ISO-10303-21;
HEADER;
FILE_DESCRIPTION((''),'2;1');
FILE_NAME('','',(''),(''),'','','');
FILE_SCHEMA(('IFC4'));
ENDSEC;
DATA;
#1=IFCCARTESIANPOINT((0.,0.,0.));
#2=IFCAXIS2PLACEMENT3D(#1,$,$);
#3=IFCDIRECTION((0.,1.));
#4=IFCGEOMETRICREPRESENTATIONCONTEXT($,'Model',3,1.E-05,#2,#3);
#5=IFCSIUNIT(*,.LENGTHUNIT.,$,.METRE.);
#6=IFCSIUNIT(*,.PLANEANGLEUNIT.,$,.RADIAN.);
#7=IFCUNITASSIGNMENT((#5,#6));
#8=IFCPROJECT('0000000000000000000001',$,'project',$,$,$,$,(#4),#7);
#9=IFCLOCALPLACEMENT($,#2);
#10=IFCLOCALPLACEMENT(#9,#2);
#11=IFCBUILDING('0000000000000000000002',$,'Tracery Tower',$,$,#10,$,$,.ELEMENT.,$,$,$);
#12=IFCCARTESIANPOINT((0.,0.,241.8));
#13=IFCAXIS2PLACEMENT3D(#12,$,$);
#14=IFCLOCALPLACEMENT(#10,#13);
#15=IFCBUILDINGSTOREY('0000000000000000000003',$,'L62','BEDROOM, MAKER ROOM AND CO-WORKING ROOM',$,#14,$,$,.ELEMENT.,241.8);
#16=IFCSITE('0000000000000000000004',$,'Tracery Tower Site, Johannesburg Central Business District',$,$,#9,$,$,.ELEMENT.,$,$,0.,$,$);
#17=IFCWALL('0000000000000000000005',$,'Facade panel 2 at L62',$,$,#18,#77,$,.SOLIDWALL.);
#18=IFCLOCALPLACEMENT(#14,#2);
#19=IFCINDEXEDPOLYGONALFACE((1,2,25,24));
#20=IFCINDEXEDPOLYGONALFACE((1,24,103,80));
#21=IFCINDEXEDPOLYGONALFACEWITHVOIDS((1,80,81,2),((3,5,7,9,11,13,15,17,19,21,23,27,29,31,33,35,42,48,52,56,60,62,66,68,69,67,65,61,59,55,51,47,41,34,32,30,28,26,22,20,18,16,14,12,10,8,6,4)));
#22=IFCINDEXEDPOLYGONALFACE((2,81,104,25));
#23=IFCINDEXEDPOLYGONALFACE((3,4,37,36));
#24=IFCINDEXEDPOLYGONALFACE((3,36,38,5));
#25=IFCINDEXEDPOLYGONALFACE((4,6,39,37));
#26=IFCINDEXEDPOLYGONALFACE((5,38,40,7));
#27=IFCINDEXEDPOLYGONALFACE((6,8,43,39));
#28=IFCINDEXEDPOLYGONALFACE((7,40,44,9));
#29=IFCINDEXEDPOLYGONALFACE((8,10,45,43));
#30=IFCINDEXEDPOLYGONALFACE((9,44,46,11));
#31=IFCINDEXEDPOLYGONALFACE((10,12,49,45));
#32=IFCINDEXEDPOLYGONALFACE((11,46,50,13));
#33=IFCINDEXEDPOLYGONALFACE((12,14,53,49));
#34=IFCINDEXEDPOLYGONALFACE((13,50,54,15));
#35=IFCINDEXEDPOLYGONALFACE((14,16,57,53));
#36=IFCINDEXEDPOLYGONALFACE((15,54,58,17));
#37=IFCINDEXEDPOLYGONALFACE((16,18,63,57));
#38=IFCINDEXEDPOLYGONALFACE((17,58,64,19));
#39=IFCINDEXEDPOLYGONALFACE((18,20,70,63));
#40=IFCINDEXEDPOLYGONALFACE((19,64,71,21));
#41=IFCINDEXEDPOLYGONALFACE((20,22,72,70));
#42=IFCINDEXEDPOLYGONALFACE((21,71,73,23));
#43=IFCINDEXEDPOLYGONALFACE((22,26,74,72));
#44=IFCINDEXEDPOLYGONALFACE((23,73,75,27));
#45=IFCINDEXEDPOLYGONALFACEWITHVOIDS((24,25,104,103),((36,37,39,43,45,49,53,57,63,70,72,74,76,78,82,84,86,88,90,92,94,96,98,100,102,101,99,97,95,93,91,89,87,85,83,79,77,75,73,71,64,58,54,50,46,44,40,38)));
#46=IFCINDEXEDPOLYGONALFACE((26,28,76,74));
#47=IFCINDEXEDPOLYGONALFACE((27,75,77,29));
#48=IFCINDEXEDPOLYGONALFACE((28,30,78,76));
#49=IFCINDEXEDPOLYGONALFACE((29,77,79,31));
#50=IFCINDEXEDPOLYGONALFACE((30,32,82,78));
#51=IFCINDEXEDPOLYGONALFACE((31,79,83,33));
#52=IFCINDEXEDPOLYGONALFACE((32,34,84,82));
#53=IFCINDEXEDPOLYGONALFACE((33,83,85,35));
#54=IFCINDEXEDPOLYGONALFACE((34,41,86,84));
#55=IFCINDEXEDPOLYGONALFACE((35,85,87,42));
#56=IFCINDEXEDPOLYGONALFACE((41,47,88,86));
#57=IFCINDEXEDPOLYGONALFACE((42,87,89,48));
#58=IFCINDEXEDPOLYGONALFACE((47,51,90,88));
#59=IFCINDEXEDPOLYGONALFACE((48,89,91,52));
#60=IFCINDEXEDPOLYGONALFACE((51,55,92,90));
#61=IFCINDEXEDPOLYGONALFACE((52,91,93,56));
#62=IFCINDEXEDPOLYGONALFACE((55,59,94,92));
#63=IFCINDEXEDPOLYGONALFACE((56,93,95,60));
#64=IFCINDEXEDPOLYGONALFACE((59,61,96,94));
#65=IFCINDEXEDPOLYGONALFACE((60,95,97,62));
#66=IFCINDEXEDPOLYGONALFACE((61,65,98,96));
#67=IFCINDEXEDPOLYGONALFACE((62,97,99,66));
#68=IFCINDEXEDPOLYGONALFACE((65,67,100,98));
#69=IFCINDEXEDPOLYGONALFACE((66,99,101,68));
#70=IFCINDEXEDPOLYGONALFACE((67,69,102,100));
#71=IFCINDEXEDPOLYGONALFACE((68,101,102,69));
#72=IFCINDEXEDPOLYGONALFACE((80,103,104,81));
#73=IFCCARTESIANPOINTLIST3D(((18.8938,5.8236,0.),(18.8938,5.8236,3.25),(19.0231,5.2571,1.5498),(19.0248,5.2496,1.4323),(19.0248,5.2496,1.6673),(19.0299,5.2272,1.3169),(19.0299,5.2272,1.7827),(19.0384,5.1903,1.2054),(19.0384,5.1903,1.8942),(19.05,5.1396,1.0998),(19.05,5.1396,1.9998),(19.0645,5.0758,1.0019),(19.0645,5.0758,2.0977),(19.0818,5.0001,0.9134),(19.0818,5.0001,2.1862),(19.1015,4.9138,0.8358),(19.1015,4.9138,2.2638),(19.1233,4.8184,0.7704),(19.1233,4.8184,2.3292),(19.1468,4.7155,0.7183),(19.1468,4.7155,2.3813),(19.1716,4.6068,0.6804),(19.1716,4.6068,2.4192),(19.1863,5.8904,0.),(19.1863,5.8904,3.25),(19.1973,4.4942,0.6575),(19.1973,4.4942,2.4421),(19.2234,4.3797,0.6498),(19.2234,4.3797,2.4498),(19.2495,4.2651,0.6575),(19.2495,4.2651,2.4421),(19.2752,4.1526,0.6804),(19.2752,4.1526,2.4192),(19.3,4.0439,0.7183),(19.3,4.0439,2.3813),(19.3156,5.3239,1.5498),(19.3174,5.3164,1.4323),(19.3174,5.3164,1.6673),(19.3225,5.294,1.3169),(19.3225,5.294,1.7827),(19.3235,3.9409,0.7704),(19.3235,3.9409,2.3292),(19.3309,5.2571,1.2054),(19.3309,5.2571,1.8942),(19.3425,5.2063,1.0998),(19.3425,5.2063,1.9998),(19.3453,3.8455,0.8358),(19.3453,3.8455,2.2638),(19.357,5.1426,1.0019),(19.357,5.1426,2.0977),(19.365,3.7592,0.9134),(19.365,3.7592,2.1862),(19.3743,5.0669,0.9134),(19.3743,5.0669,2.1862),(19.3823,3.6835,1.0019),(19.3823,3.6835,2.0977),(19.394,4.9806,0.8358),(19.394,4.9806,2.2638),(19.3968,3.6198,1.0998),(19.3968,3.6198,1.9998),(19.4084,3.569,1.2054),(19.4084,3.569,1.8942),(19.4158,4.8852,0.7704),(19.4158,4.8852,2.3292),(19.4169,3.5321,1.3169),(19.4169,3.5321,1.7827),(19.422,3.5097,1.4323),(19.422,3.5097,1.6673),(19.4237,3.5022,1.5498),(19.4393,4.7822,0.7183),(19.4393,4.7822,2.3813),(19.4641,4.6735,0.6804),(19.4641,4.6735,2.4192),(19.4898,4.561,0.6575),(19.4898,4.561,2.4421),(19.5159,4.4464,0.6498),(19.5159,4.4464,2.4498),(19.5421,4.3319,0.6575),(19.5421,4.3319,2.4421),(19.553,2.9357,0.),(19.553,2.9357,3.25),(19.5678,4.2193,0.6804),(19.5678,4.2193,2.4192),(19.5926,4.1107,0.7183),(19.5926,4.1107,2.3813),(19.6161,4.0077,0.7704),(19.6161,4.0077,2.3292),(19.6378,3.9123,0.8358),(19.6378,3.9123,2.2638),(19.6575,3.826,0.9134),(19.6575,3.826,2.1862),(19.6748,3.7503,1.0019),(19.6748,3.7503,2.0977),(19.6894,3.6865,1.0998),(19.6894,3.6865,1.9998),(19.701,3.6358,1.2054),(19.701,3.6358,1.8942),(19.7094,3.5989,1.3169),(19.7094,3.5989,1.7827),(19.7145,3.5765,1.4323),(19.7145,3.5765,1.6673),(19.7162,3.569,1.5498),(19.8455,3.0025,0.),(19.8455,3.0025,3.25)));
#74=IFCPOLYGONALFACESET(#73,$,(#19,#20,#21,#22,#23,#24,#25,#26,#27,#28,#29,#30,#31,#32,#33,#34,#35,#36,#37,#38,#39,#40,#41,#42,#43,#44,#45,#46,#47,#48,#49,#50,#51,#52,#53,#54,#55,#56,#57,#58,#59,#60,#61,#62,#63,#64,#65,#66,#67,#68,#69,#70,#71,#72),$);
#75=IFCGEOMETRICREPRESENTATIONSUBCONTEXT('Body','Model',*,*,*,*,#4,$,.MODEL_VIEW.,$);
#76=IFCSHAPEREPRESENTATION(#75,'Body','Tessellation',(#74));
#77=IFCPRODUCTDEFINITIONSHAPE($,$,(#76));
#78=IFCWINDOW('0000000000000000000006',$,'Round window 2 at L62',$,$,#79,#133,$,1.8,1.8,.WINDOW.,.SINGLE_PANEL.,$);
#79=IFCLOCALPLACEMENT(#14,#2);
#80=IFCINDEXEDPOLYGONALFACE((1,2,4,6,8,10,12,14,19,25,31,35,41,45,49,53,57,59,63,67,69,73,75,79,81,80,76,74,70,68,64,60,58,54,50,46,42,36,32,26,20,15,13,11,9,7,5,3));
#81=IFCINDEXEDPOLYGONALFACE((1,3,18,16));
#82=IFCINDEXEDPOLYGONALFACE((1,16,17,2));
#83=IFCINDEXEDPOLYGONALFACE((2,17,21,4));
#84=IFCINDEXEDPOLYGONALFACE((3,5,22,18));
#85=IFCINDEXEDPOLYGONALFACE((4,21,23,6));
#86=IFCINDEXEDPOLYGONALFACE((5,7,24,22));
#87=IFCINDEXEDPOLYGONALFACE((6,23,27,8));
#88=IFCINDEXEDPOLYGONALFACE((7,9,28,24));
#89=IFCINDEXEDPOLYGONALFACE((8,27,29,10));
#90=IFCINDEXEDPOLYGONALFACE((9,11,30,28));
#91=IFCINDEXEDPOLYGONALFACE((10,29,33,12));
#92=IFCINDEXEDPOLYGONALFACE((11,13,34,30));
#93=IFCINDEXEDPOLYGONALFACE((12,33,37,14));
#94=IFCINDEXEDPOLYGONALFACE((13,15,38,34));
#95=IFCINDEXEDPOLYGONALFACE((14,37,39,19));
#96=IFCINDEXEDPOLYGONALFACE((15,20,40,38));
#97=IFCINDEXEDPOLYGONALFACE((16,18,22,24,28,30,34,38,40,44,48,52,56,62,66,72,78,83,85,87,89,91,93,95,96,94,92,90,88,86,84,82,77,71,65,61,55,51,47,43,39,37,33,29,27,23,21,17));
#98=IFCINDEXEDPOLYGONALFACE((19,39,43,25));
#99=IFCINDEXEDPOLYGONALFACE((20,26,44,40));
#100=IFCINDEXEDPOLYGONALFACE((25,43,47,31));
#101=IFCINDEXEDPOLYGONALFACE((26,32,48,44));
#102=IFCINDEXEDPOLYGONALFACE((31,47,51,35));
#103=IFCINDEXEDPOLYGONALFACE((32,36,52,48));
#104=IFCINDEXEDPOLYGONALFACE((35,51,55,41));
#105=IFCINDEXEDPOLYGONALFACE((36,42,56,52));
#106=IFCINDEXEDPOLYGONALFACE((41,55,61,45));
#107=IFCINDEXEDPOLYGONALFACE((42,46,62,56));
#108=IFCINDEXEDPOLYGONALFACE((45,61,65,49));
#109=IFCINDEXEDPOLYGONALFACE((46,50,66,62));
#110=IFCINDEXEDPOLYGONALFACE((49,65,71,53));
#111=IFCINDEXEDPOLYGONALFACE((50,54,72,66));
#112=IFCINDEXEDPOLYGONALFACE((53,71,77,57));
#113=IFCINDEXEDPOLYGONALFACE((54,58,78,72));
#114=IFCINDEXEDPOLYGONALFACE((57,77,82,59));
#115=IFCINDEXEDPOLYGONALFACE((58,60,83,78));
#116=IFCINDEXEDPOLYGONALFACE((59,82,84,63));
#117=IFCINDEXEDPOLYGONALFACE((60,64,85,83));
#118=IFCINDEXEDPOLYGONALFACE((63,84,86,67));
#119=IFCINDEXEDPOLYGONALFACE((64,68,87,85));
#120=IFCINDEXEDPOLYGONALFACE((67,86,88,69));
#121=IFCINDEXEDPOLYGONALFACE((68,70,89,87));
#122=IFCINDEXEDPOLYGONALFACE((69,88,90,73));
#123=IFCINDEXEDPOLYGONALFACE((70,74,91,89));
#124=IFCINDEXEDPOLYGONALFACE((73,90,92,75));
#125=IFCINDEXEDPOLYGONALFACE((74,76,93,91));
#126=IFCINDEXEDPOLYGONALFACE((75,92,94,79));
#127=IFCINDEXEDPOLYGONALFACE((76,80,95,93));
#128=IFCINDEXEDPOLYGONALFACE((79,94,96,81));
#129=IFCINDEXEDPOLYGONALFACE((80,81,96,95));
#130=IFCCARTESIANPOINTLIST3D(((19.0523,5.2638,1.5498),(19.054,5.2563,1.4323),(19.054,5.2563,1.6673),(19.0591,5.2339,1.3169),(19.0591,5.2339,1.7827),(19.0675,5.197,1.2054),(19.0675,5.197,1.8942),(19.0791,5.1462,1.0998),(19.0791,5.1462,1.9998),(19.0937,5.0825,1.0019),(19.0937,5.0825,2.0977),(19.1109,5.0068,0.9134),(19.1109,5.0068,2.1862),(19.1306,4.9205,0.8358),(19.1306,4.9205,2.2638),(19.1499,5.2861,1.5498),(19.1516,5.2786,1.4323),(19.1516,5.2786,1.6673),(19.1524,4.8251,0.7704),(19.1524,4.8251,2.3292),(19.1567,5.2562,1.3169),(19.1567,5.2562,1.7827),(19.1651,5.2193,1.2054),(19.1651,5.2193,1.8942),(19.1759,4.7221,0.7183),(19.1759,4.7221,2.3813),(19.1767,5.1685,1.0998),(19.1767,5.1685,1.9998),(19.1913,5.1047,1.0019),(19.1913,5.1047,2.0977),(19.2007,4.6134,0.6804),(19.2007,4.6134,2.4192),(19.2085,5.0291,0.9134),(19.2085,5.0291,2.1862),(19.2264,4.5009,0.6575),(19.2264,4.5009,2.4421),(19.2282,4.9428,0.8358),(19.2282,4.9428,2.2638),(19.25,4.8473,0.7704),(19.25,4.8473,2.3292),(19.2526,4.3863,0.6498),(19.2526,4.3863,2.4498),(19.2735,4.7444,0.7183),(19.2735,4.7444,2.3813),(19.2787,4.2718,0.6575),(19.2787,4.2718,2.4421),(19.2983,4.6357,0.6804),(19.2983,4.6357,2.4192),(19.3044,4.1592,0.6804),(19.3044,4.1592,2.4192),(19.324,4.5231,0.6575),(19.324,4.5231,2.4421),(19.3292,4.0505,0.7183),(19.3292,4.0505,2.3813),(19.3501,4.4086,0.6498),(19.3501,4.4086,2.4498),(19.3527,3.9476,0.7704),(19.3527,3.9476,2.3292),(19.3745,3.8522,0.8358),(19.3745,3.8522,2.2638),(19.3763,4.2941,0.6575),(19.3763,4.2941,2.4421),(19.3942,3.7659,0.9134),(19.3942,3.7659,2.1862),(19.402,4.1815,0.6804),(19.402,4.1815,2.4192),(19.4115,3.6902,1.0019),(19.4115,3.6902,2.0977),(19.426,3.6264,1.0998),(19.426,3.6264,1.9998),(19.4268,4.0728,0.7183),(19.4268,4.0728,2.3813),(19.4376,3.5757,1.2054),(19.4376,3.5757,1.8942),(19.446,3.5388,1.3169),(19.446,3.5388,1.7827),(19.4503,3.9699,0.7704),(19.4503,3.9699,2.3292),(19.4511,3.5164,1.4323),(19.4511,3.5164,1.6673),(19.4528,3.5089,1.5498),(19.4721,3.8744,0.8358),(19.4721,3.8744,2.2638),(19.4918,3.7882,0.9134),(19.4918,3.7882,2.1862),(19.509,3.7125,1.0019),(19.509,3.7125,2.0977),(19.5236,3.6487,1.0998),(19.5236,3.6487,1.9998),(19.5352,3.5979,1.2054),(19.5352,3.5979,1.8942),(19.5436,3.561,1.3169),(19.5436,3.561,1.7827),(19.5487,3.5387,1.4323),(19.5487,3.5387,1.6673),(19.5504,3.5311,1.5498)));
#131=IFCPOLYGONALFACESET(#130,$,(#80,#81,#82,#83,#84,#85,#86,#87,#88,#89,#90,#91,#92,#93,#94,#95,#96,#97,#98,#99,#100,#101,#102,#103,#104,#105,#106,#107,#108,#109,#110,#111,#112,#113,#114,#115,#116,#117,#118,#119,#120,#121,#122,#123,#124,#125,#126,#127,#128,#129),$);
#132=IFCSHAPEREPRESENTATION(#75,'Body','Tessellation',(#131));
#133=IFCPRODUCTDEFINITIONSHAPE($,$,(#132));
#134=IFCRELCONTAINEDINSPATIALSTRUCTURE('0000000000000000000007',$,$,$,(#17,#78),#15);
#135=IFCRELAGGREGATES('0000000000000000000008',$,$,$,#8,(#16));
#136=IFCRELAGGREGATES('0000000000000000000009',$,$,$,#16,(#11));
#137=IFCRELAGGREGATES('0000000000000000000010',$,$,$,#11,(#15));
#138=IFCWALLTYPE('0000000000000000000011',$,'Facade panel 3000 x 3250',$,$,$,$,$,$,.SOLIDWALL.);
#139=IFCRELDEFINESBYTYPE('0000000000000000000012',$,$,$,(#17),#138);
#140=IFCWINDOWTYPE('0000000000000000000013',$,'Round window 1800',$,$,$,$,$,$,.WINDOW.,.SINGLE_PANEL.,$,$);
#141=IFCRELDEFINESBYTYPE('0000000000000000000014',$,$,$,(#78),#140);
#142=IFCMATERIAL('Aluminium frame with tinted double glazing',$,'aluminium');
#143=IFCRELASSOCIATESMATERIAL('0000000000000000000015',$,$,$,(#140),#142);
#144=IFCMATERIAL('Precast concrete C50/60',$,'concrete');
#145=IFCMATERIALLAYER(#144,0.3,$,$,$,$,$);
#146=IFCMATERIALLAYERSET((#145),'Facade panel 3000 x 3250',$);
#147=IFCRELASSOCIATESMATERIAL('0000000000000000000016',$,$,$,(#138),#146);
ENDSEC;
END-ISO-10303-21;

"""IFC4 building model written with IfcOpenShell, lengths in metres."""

from ifc_helpers import new_model, si_unit, direction, frame, frame_2d, origin, origin_2d, place, context, subcontext, project, spatial, rectangle, circle, extrude, material, layer, layer_set, type_object, element, fill, save


model = new_model("IFC4")

# Units and contexts
model_context = context("Model", 3, precision=1e-05, world=origin(), true_north=direction((0.0, 1.0)))
body_context = subcontext(model_context, "Body", "Model", "MODEL_VIEW")
ifc_project = project(units=[si_unit("LENGTHUNIT", "METRE"), si_unit("PLANEANGLEUNIT", "RADIAN")], contexts=[model_context])

# Site, building, storey
site_placement = place(None, origin())
site = spatial("IfcSite", under=ifc_project, at=site_placement, Name="Tracery Tower Site, Johannesburg Central Business District", CompositionType="ELEMENT", RefElevation=0.0)
building_placement = place(site_placement, origin())
building = spatial("IfcBuilding", under=site, at=building_placement, Name="Tracery Tower", CompositionType="ELEMENT")
storey_placement = place(building_placement, frame((0.0, 0.0, 241.8)))
storey = spatial("IfcBuildingStorey", under=building, at=storey_placement, Name="L62", Description="BEDROOM, MAKER ROOM AND CO-WORKING ROOM", CompositionType="ELEMENT", Elevation=241.8)

# Wall, opening, window
ifc_material_1 = material(Name="Aluminium frame with tinted double glazing", Category="aluminium")
window_type = type_object("IfcWindowType", Name="Round window 1800", PartitioningType="SINGLE_PANEL", PredefinedType="WINDOW", material=ifc_material_1)
ifc_material_2 = material(Name="Precast concrete C50/60", Category="concrete")
ifc_layer_1 = layer(ifc_material_2, 0.3)
ifc_layer_set_1 = layer_set([ifc_layer_1], Name="Facade panel 3000 x 3250")
wall_type_1 = type_object("IfcWallType", Name="Facade panel 3000 x 3250", PredefinedType="SOLIDWALL", material=ifc_layer_set_1)
wall_1_placement = place(storey_placement, frame((19.6992, 2.9692, 0.0), z_axis=(0.0, 0.0, 1.0), x_axis=(-0.222529, 0.974926, 0.0)))
wall_1 = element("IfcWall", 1, at=wall_1_placement, inside=storey, type_object=wall_type_1, Name="Facade panel 2 at L62", PredefinedType="SOLIDWALL", context=body_context, shape_type="SweptSolid", body=[
    extrude(rectangle(XDim=2.9622, YDim=0.3, at=frame_2d((1.481, 0.0))), origin(), (0.0, 0.0, 1.0), 3.25),
])
opening_1_placement = place(wall_1_placement, frame((1.481, 0.0, 1.5498)))
opening_1 = element("IfcOpeningElement", 2, at=opening_1_placement, cuts=wall_1, PredefinedType="OPENING", context=body_context, shape_type="SweptSolid", body=[
    extrude(circle(Radius=0.9, at=origin_2d()), frame((0.0, 0.1599, 0.0), z_axis=(0.0, -1.0, 0.0), x_axis=(1.0, 0.0, 0.0)), (0.0, 0.0, 1.0), 0.3201),
])
window_1_placement = place(opening_1_placement, origin())
window_1 = element("IfcWindow", 3, at=window_1_placement, inside=storey, type_object=window_type, Name="Round window 2 at L62", OverallHeight=1.8, OverallWidth=1.8, PartitioningType="SINGLE_PANEL", PredefinedType="WINDOW", context=body_context, shape_type="SweptSolid", body=[
    extrude(circle(Radius=0.9, at=origin_2d()), frame((0.0, 0.1201, 0.0), z_axis=(0.0, -1.0, 0.0), x_axis=(1.0, 0.0, 0.0)), (0.0, 0.0, 1.0), 0.1001),
])
fill(opening_1, window_1)

save(model, "model.ifc")
